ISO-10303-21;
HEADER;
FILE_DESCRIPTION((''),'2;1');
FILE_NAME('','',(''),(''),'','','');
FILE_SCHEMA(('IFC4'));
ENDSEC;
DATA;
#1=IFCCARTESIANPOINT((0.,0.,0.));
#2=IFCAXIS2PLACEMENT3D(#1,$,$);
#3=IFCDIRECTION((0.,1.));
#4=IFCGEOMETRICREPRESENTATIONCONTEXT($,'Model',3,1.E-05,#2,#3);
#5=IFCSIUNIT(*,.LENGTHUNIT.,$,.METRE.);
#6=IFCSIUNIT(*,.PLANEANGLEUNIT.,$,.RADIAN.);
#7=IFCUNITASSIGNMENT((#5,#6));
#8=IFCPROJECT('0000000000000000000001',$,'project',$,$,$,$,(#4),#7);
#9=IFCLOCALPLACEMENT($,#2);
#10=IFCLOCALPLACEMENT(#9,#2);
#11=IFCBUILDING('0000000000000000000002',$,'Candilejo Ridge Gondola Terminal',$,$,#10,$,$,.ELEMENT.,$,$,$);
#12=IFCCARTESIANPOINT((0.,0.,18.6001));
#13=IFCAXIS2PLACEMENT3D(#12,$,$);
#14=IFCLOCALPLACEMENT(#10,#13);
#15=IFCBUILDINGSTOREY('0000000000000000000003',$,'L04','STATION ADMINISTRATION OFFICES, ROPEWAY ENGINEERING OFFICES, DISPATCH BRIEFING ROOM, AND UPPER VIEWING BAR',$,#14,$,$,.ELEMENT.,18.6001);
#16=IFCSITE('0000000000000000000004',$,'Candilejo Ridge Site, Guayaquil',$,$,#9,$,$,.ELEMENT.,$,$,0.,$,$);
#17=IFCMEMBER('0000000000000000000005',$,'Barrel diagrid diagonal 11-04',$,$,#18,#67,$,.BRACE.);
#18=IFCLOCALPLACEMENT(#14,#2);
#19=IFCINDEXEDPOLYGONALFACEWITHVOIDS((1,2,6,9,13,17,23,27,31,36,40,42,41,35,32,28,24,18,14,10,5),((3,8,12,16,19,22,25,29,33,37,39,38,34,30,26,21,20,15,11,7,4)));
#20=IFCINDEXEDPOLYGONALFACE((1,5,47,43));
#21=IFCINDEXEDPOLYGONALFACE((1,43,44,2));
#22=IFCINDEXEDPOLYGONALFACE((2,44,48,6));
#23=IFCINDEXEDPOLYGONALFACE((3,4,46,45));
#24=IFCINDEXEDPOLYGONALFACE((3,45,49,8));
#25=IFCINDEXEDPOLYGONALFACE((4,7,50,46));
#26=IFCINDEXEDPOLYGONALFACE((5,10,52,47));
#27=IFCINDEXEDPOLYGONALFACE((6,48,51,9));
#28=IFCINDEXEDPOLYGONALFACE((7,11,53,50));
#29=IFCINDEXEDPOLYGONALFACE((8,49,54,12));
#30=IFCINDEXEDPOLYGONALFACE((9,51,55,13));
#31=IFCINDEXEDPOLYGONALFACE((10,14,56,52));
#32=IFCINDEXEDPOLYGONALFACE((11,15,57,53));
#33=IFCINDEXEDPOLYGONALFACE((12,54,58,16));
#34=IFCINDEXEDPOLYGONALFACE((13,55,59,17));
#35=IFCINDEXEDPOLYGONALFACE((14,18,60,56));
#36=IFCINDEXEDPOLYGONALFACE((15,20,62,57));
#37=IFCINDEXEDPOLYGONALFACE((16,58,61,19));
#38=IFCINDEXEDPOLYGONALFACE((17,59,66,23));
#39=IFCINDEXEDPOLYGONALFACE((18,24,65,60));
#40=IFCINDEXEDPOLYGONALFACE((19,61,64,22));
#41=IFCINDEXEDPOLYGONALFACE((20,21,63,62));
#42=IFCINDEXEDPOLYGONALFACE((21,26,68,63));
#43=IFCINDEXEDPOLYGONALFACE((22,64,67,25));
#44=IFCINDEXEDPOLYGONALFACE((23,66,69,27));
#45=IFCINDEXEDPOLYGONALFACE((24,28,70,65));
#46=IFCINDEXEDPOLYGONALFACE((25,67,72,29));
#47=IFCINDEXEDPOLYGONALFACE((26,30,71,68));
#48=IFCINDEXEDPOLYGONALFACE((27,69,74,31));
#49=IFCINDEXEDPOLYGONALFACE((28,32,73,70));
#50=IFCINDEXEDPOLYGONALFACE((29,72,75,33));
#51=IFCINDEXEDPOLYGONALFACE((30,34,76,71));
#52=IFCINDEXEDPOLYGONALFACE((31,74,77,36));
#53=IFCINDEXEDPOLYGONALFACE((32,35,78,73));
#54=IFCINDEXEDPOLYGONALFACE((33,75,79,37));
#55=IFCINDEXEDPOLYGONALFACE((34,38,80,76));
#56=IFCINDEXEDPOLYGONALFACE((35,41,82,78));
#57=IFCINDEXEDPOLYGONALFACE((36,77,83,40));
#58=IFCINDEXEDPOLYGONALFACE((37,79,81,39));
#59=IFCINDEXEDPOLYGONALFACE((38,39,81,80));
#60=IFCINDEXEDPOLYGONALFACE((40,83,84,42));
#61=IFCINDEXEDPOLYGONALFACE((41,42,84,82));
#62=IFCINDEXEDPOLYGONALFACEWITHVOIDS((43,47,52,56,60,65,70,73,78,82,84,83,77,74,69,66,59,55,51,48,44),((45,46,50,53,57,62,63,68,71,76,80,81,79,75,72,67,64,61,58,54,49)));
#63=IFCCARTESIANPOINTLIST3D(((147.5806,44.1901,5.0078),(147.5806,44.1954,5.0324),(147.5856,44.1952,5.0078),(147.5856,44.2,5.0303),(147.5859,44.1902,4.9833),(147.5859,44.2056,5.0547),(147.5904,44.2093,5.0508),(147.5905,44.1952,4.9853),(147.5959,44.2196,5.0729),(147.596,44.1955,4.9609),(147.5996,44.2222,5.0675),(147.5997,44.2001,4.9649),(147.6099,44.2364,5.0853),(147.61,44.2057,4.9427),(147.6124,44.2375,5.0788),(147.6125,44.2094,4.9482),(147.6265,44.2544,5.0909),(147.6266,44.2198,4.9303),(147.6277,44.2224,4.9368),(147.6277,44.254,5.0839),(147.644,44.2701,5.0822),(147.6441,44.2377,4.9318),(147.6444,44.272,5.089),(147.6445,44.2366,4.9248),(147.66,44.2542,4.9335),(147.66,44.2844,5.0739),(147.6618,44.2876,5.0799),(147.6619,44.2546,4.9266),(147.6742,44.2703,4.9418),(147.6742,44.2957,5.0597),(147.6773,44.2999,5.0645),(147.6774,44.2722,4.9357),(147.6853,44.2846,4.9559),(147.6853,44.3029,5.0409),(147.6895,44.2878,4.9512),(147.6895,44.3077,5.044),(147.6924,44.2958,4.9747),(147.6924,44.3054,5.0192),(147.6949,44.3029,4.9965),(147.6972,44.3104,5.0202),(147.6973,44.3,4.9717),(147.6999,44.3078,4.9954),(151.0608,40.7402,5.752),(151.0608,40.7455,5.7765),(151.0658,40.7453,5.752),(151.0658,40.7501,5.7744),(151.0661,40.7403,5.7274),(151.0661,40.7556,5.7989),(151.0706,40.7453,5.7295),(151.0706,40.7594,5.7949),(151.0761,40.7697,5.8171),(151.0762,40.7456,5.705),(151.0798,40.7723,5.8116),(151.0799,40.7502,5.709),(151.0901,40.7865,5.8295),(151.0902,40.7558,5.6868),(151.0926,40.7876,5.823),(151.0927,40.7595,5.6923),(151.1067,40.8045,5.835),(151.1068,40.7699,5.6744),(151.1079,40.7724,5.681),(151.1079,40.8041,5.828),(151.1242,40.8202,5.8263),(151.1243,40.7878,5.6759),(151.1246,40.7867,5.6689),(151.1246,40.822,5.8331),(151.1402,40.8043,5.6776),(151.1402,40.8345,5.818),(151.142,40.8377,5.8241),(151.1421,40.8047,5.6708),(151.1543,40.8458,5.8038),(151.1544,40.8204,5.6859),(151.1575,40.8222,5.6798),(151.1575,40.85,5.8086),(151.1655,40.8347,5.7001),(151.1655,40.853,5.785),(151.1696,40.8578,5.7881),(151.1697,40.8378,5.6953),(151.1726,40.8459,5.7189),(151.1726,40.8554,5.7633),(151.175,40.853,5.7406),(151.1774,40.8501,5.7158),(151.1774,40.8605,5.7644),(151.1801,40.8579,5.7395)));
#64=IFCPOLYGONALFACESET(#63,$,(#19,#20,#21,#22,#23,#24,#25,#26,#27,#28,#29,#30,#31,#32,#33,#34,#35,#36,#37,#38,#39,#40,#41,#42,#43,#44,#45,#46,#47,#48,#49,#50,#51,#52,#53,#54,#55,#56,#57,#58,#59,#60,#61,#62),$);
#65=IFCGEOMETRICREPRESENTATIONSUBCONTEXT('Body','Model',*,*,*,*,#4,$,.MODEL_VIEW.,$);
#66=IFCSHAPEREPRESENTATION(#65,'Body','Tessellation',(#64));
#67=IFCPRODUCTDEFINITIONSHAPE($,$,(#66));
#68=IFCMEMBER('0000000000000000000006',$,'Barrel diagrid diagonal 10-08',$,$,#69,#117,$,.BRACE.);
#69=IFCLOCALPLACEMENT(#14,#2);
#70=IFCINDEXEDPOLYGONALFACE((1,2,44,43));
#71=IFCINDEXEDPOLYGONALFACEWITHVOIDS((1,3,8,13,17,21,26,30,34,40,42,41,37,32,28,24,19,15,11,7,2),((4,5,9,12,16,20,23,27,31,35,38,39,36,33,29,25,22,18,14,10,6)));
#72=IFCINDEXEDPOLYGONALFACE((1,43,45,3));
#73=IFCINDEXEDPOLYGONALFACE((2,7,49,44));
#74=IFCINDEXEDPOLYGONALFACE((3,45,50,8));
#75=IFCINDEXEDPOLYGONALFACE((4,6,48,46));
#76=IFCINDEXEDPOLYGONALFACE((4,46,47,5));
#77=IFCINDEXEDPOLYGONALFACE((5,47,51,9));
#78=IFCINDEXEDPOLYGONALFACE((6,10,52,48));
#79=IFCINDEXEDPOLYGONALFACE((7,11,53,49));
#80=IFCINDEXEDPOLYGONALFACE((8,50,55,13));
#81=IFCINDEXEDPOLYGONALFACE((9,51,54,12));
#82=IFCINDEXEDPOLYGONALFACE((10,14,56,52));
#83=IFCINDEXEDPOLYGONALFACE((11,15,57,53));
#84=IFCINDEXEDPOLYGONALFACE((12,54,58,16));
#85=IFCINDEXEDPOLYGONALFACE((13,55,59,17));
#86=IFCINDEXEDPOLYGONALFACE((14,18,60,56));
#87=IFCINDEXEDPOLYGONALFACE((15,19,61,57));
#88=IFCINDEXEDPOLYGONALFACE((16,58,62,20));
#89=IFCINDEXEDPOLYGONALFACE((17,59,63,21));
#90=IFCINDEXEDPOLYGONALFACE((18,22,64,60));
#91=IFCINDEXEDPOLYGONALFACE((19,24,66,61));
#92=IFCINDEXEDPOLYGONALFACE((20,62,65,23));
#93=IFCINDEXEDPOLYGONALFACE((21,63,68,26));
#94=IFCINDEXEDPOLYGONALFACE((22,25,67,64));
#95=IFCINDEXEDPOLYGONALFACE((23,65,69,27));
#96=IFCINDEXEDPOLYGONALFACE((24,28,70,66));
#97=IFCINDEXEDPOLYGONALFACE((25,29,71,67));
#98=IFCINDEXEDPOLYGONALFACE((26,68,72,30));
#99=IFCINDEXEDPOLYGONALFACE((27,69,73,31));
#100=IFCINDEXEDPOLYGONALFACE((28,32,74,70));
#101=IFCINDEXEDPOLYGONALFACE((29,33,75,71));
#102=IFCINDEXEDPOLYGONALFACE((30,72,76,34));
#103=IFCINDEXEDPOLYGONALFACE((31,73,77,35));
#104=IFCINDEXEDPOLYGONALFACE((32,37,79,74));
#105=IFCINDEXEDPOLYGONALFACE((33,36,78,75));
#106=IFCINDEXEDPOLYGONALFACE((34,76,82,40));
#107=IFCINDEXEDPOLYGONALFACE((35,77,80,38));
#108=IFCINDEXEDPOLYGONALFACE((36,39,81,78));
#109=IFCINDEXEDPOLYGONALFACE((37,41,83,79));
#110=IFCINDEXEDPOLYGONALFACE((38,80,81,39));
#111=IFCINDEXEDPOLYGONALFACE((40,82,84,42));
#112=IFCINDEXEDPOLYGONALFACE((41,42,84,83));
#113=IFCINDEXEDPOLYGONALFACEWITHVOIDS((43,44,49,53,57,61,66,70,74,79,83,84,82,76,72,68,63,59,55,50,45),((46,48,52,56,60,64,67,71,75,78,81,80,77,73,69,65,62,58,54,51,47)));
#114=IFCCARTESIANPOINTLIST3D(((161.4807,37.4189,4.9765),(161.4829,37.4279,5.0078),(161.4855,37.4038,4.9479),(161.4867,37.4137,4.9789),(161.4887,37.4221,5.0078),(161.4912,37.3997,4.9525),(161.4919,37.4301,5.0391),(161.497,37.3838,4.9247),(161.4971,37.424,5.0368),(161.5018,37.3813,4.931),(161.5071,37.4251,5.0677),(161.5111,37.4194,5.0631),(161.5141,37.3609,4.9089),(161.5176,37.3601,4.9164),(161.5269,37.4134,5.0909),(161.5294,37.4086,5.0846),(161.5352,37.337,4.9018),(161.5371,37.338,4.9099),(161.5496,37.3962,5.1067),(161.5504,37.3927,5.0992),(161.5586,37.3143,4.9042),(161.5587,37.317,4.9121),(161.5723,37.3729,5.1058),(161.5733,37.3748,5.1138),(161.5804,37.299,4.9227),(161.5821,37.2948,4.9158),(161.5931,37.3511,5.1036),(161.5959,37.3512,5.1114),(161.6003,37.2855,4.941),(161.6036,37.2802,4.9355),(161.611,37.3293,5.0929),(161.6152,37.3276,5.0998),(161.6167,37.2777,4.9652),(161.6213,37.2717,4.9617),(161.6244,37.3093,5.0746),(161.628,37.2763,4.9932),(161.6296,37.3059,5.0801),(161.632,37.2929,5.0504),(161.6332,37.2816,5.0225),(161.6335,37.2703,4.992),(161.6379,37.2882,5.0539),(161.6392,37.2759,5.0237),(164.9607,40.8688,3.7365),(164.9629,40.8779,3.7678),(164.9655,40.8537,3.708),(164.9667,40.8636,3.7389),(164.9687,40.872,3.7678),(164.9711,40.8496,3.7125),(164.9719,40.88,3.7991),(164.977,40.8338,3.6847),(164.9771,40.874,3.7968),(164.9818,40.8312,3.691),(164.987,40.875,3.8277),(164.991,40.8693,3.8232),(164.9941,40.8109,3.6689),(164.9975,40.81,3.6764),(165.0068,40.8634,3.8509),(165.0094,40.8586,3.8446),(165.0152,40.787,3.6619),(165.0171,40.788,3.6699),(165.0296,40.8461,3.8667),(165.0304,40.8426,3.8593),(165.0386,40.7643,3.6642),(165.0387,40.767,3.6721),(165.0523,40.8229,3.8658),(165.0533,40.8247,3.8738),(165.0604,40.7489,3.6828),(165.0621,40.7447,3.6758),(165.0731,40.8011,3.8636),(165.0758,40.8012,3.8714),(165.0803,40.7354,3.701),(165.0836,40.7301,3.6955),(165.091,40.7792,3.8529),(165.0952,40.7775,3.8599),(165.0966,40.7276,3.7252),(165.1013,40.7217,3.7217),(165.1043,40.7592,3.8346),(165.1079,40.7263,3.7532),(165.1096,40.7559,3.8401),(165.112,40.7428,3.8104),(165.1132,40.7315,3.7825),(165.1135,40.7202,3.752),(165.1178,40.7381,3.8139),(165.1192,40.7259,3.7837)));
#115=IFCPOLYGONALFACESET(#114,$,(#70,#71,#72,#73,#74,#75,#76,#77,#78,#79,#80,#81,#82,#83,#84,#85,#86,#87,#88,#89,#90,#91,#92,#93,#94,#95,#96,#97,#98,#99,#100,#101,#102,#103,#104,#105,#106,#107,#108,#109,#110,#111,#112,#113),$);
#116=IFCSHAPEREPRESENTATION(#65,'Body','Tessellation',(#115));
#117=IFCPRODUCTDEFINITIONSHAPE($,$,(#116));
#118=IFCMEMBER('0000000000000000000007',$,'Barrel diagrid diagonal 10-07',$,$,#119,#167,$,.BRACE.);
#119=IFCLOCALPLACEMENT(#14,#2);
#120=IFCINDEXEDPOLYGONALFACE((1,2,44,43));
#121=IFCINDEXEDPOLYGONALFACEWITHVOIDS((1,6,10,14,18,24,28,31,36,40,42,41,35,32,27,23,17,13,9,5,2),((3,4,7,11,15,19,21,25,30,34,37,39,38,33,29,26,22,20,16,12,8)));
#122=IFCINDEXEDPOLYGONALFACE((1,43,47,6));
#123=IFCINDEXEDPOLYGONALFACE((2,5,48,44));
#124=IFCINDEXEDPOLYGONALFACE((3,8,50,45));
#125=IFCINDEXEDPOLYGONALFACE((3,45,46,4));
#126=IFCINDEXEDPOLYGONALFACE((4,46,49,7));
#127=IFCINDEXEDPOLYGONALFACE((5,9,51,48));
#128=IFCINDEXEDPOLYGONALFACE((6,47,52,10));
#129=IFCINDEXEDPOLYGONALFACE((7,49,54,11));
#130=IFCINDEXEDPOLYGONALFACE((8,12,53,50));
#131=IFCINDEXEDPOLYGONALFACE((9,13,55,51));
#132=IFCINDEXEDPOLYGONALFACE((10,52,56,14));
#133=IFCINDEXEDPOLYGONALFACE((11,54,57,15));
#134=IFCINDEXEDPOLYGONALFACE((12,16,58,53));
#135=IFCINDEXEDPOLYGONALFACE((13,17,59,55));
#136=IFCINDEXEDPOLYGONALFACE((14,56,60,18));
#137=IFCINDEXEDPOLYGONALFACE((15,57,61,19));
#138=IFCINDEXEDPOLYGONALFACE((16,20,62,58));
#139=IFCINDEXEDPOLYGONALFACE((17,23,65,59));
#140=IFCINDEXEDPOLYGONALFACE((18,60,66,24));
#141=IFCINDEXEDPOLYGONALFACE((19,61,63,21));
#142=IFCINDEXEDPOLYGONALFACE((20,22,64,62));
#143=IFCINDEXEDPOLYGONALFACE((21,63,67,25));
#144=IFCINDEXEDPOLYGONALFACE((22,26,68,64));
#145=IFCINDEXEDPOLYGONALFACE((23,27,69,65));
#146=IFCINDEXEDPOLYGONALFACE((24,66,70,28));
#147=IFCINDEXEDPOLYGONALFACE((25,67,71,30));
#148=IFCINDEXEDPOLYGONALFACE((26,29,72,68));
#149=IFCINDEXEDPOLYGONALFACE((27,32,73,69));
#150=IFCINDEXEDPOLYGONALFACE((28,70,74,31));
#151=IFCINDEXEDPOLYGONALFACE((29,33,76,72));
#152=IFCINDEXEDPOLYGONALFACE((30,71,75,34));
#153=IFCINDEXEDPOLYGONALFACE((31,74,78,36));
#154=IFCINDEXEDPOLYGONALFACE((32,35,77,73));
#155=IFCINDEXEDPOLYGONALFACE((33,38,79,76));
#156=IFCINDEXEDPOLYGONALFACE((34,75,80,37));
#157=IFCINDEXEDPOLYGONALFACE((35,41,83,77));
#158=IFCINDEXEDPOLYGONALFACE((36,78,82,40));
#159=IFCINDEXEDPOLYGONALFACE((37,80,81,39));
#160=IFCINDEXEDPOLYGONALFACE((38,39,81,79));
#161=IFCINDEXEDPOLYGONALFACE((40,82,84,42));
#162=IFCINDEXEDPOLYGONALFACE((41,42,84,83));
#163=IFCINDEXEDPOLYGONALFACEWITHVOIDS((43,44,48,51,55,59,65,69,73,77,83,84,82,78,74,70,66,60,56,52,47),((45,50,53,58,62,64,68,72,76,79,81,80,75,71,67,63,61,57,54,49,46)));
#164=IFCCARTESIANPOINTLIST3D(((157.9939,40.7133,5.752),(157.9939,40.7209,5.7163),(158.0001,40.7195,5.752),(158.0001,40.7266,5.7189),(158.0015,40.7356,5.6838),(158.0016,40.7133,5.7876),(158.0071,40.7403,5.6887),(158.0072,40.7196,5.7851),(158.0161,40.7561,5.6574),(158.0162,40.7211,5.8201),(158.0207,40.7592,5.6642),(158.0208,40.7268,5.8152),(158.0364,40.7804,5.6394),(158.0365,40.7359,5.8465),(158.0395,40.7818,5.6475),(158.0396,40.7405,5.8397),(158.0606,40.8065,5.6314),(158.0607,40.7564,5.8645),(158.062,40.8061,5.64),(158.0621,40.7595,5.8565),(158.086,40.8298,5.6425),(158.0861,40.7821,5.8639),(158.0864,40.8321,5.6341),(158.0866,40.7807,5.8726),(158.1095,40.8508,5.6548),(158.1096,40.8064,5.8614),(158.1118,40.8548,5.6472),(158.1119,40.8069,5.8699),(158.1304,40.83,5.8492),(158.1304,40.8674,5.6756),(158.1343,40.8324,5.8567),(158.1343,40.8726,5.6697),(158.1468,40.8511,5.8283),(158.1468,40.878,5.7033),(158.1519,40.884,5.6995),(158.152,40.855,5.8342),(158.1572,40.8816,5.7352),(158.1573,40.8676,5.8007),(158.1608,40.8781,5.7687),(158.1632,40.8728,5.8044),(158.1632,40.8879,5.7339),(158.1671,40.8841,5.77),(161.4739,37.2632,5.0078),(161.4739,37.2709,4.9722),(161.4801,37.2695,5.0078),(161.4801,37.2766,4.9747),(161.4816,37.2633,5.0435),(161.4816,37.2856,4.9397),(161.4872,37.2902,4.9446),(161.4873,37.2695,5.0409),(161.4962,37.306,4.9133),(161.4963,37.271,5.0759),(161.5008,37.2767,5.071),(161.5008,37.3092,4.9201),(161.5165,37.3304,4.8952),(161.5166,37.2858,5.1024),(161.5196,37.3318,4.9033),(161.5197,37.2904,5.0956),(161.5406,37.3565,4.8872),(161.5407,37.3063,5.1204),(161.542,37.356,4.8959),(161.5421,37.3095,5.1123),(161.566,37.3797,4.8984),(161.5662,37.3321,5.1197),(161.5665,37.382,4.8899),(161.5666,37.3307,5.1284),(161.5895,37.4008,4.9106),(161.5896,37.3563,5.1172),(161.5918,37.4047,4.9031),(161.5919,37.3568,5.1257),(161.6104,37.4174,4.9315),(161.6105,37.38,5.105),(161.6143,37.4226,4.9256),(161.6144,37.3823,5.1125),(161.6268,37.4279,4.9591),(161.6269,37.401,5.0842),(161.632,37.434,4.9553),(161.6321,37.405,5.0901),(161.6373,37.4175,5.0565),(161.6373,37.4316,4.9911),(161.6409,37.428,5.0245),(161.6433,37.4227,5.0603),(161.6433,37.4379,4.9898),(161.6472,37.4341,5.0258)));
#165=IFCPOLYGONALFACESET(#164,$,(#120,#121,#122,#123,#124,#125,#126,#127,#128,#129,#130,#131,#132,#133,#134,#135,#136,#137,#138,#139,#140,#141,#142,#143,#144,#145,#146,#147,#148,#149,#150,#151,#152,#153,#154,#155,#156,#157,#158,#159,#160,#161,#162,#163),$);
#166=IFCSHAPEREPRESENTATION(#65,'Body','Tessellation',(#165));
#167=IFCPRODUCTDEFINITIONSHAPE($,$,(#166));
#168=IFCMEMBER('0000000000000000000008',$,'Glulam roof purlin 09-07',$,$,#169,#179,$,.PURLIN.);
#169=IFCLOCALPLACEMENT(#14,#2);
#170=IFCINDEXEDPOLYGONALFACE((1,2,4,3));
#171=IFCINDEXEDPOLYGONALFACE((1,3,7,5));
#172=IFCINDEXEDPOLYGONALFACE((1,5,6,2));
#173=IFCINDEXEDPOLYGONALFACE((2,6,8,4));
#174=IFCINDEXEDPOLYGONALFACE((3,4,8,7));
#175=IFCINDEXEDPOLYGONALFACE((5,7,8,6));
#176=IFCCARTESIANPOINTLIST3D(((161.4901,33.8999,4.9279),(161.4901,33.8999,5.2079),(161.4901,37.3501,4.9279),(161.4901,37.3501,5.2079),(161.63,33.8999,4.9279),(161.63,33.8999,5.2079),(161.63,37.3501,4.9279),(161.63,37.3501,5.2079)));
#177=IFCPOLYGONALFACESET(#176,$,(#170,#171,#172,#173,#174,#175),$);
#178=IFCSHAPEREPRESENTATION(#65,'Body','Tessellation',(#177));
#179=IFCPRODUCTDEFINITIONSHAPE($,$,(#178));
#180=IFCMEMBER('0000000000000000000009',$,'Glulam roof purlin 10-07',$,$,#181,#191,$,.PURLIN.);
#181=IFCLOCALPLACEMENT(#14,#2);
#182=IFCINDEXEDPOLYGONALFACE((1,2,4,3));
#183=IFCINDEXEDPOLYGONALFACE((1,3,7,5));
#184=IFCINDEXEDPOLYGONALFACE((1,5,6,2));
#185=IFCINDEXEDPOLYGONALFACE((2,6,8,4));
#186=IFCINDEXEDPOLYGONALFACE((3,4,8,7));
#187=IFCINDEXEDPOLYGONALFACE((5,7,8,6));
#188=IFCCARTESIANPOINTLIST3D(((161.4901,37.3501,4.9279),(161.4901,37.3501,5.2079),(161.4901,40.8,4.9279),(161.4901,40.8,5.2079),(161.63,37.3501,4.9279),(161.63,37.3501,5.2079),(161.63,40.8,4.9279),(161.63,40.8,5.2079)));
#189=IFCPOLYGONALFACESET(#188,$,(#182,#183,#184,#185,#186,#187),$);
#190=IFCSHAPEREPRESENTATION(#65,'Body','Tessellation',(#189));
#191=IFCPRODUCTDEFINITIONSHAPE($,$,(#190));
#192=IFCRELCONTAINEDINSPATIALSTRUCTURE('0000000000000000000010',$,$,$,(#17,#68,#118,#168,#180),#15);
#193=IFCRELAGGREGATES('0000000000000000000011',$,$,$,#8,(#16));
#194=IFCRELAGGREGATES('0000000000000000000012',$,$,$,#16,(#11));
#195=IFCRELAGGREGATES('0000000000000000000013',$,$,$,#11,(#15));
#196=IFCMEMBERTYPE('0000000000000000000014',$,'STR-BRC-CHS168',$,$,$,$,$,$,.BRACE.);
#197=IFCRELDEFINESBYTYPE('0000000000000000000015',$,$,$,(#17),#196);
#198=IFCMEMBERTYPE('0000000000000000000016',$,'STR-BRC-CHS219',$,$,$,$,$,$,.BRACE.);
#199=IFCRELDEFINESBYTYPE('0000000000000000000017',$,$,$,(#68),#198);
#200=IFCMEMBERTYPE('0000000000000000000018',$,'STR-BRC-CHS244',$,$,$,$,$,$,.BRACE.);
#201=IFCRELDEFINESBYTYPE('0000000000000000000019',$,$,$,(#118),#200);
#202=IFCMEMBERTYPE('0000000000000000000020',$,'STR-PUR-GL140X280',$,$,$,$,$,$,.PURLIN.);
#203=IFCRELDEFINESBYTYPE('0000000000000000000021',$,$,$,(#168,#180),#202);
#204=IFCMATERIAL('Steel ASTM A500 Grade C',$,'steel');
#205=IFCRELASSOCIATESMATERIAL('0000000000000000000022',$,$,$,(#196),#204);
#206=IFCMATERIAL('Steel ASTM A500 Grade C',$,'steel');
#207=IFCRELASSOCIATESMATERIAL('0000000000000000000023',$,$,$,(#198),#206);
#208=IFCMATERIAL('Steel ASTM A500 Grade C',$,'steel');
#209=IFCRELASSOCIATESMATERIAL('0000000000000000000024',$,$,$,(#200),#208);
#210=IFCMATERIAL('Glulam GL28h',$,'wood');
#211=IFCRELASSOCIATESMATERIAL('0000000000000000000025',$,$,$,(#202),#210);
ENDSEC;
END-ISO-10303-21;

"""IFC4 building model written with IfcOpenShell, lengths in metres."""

from ifc_helpers import new_model, si_unit, direction, frame, origin, origin_2d, place, context, subcontext, project, spatial, rectangle, hollow_circle, extrude, material, material_profile, profile_set, type_object, element, save


model = new_model("IFC4")

# Units and contexts
model_context = context("Model", 3, precision=1e-05, world=origin(), true_north=direction((0.0, 1.0)))
body_context = subcontext(model_context, "Body", "Model", "MODEL_VIEW")
ifc_project = project(units=[si_unit("LENGTHUNIT", "METRE"), si_unit("PLANEANGLEUNIT", "RADIAN")], contexts=[model_context])

# Site, building, storey
site_placement = place(None, origin())
site = spatial("IfcSite", under=ifc_project, at=site_placement, Name="Candilejo Ridge Site, Guayaquil", CompositionType="ELEMENT", RefElevation=0.0)
building_placement = place(site_placement, origin())
building = spatial("IfcBuilding", under=site, at=building_placement, Name="Candilejo Ridge Gondola Terminal", CompositionType="ELEMENT")
storey_placement = place(building_placement, frame((0.0, 0.0, 18.6001)))
storey = spatial("IfcBuildingStorey", under=building, at=storey_placement, Name="L04", Description="STATION ADMINISTRATION OFFICES, ROPEWAY ENGINEERING OFFICES, DISPATCH BRIEFING ROOM, AND UPPER VIEWING BAR", CompositionType="ELEMENT", Elevation=18.6001)

# Members
ifc_material_1 = material(Name="Steel ASTM A500 Grade C", Category="steel")
ifc_material_profile_1 = material_profile(ifc_material_1, hollow_circle(Radius=0.0842, WallThickness=0.0071, at=origin_2d()))
ifc_profile_set_1 = profile_set([ifc_material_profile_1], Name="Steel ASTM A500 Grade C")
member_type_1 = type_object("IfcMemberType", Name="STR-BRC-CHS168", PredefinedType="BRACE", material=ifc_profile_set_1)
member_1_placement = place(storey_placement, frame((151.1201, 40.8, 5.752), z_axis=(-0.70214, 0.696032, -0.150131), x_axis=(-0.704011, -0.710189, 0.0)))
element("IfcMember", 1, at=member_1_placement, inside=storey, type_object=member_type_1, Name="Barrel diagrid diagonal 11-04", PredefinedType="BRACE", context=body_context, shape_type="SweptSolid", body=[
    extrude(hollow_circle(Radius=0.0842, WallThickness=0.0071, at=origin_2d()), origin(), (0.0, 0.0, 1.0), 4.9565),
])
ifc_material_2 = material(Name="Steel ASTM A500 Grade C", Category="steel")
ifc_material_profile_2 = material_profile(ifc_material_2, hollow_circle(Radius=0.1096, WallThickness=0.0083, at=origin_2d()))
ifc_profile_set_2 = profile_set([ifc_material_profile_2], Name="Steel ASTM A500 Grade C")
member_type_2 = type_object("IfcMemberType", Name="STR-BRC-CHS219", PredefinedType="BRACE", material=ifc_profile_set_2)
member_2_placement = place(storey_placement, frame((161.5601, 37.3501, 5.0078), z_axis=(0.688464, 0.682523, -0.245314), x_axis=(-0.704036, 0.710164, 0.0)))
element("IfcMember", 2, at=member_2_placement, inside=storey, type_object=member_type_2, Name="Barrel diagrid diagonal 10-08", PredefinedType="BRACE", context=body_context, shape_type="SweptSolid", body=[
    extrude(hollow_circle(Radius=0.1096, WallThickness=0.0083, at=origin_2d()), origin(), (0.0, 0.0, 1.0), 5.0547),
])
ifc_material_3 = material(Name="Steel ASTM A500 Grade C", Category="steel")
ifc_material_profile_3 = material_profile(ifc_material_3, hollow_circle(Radius=0.1223, WallThickness=0.0088, at=origin_2d()))
ifc_profile_set_3 = profile_set([ifc_material_profile_3], Name="Steel ASTM A500 Grade C")
member_type_3 = type_object("IfcMemberType", Name="STR-BRC-CHS244", PredefinedType="BRACE", material=ifc_profile_set_3)
member_3_placement = place(storey_placement, frame((161.5601, 37.3501, 5.0078), z_axis=(-0.702115, 0.696056, 0.150136), x_axis=(-0.704036, -0.710164, 0.0)))
element("IfcMember", 3, at=member_3_placement, inside=storey, type_object=member_type_3, Name="Barrel diagrid diagonal 10-07", PredefinedType="BRACE", context=body_context, shape_type="SweptSolid", body=[
    extrude(hollow_circle(Radius=0.1223, WallThickness=0.0088, at=origin_2d()), origin(), (0.0, 0.0, 1.0), 4.9565),
])
ifc_material_4 = material(Name="Glulam GL28h", Category="wood")
ifc_material_profile_4 = material_profile(ifc_material_4, rectangle(XDim=0.1399, YDim=0.28, at=origin_2d()))
ifc_profile_set_4 = profile_set([ifc_material_profile_4], Name="Glulam GL28h")
member_type_4 = type_object("IfcMemberType", Name="STR-PUR-GL140X280", PredefinedType="PURLIN", material=ifc_profile_set_4)
member_4_placement = place(storey_placement, frame((161.5601, 33.8999, 5.0679), z_axis=(0.0, 1.0, 0.0), x_axis=(-1.0, 0.0, 0.0)))
element("IfcMember", 4, at=member_4_placement, inside=storey, type_object=member_type_4, Name="Glulam roof purlin 09-07", PredefinedType="PURLIN", context=body_context, shape_type="SweptSolid", body=[
    extrude(rectangle(XDim=0.1399, YDim=0.28, at=origin_2d()), origin(), (0.0, 0.0, 1.0), 3.4502),
])
member_5_placement = place(storey_placement, frame((161.5601, 37.3501, 5.0679), z_axis=(0.0, 1.0, 0.0), x_axis=(-1.0, 0.0, 0.0)))
element("IfcMember", 5, at=member_5_placement, inside=storey, type_object=member_type_4, Name="Glulam roof purlin 10-07", PredefinedType="PURLIN", context=body_context, shape_type="SweptSolid", body=[
    extrude(rectangle(XDim=0.1399, YDim=0.28, at=origin_2d()), origin(), (0.0, 0.0, 1.0), 3.45),
])

save(model, "model.ifc")
